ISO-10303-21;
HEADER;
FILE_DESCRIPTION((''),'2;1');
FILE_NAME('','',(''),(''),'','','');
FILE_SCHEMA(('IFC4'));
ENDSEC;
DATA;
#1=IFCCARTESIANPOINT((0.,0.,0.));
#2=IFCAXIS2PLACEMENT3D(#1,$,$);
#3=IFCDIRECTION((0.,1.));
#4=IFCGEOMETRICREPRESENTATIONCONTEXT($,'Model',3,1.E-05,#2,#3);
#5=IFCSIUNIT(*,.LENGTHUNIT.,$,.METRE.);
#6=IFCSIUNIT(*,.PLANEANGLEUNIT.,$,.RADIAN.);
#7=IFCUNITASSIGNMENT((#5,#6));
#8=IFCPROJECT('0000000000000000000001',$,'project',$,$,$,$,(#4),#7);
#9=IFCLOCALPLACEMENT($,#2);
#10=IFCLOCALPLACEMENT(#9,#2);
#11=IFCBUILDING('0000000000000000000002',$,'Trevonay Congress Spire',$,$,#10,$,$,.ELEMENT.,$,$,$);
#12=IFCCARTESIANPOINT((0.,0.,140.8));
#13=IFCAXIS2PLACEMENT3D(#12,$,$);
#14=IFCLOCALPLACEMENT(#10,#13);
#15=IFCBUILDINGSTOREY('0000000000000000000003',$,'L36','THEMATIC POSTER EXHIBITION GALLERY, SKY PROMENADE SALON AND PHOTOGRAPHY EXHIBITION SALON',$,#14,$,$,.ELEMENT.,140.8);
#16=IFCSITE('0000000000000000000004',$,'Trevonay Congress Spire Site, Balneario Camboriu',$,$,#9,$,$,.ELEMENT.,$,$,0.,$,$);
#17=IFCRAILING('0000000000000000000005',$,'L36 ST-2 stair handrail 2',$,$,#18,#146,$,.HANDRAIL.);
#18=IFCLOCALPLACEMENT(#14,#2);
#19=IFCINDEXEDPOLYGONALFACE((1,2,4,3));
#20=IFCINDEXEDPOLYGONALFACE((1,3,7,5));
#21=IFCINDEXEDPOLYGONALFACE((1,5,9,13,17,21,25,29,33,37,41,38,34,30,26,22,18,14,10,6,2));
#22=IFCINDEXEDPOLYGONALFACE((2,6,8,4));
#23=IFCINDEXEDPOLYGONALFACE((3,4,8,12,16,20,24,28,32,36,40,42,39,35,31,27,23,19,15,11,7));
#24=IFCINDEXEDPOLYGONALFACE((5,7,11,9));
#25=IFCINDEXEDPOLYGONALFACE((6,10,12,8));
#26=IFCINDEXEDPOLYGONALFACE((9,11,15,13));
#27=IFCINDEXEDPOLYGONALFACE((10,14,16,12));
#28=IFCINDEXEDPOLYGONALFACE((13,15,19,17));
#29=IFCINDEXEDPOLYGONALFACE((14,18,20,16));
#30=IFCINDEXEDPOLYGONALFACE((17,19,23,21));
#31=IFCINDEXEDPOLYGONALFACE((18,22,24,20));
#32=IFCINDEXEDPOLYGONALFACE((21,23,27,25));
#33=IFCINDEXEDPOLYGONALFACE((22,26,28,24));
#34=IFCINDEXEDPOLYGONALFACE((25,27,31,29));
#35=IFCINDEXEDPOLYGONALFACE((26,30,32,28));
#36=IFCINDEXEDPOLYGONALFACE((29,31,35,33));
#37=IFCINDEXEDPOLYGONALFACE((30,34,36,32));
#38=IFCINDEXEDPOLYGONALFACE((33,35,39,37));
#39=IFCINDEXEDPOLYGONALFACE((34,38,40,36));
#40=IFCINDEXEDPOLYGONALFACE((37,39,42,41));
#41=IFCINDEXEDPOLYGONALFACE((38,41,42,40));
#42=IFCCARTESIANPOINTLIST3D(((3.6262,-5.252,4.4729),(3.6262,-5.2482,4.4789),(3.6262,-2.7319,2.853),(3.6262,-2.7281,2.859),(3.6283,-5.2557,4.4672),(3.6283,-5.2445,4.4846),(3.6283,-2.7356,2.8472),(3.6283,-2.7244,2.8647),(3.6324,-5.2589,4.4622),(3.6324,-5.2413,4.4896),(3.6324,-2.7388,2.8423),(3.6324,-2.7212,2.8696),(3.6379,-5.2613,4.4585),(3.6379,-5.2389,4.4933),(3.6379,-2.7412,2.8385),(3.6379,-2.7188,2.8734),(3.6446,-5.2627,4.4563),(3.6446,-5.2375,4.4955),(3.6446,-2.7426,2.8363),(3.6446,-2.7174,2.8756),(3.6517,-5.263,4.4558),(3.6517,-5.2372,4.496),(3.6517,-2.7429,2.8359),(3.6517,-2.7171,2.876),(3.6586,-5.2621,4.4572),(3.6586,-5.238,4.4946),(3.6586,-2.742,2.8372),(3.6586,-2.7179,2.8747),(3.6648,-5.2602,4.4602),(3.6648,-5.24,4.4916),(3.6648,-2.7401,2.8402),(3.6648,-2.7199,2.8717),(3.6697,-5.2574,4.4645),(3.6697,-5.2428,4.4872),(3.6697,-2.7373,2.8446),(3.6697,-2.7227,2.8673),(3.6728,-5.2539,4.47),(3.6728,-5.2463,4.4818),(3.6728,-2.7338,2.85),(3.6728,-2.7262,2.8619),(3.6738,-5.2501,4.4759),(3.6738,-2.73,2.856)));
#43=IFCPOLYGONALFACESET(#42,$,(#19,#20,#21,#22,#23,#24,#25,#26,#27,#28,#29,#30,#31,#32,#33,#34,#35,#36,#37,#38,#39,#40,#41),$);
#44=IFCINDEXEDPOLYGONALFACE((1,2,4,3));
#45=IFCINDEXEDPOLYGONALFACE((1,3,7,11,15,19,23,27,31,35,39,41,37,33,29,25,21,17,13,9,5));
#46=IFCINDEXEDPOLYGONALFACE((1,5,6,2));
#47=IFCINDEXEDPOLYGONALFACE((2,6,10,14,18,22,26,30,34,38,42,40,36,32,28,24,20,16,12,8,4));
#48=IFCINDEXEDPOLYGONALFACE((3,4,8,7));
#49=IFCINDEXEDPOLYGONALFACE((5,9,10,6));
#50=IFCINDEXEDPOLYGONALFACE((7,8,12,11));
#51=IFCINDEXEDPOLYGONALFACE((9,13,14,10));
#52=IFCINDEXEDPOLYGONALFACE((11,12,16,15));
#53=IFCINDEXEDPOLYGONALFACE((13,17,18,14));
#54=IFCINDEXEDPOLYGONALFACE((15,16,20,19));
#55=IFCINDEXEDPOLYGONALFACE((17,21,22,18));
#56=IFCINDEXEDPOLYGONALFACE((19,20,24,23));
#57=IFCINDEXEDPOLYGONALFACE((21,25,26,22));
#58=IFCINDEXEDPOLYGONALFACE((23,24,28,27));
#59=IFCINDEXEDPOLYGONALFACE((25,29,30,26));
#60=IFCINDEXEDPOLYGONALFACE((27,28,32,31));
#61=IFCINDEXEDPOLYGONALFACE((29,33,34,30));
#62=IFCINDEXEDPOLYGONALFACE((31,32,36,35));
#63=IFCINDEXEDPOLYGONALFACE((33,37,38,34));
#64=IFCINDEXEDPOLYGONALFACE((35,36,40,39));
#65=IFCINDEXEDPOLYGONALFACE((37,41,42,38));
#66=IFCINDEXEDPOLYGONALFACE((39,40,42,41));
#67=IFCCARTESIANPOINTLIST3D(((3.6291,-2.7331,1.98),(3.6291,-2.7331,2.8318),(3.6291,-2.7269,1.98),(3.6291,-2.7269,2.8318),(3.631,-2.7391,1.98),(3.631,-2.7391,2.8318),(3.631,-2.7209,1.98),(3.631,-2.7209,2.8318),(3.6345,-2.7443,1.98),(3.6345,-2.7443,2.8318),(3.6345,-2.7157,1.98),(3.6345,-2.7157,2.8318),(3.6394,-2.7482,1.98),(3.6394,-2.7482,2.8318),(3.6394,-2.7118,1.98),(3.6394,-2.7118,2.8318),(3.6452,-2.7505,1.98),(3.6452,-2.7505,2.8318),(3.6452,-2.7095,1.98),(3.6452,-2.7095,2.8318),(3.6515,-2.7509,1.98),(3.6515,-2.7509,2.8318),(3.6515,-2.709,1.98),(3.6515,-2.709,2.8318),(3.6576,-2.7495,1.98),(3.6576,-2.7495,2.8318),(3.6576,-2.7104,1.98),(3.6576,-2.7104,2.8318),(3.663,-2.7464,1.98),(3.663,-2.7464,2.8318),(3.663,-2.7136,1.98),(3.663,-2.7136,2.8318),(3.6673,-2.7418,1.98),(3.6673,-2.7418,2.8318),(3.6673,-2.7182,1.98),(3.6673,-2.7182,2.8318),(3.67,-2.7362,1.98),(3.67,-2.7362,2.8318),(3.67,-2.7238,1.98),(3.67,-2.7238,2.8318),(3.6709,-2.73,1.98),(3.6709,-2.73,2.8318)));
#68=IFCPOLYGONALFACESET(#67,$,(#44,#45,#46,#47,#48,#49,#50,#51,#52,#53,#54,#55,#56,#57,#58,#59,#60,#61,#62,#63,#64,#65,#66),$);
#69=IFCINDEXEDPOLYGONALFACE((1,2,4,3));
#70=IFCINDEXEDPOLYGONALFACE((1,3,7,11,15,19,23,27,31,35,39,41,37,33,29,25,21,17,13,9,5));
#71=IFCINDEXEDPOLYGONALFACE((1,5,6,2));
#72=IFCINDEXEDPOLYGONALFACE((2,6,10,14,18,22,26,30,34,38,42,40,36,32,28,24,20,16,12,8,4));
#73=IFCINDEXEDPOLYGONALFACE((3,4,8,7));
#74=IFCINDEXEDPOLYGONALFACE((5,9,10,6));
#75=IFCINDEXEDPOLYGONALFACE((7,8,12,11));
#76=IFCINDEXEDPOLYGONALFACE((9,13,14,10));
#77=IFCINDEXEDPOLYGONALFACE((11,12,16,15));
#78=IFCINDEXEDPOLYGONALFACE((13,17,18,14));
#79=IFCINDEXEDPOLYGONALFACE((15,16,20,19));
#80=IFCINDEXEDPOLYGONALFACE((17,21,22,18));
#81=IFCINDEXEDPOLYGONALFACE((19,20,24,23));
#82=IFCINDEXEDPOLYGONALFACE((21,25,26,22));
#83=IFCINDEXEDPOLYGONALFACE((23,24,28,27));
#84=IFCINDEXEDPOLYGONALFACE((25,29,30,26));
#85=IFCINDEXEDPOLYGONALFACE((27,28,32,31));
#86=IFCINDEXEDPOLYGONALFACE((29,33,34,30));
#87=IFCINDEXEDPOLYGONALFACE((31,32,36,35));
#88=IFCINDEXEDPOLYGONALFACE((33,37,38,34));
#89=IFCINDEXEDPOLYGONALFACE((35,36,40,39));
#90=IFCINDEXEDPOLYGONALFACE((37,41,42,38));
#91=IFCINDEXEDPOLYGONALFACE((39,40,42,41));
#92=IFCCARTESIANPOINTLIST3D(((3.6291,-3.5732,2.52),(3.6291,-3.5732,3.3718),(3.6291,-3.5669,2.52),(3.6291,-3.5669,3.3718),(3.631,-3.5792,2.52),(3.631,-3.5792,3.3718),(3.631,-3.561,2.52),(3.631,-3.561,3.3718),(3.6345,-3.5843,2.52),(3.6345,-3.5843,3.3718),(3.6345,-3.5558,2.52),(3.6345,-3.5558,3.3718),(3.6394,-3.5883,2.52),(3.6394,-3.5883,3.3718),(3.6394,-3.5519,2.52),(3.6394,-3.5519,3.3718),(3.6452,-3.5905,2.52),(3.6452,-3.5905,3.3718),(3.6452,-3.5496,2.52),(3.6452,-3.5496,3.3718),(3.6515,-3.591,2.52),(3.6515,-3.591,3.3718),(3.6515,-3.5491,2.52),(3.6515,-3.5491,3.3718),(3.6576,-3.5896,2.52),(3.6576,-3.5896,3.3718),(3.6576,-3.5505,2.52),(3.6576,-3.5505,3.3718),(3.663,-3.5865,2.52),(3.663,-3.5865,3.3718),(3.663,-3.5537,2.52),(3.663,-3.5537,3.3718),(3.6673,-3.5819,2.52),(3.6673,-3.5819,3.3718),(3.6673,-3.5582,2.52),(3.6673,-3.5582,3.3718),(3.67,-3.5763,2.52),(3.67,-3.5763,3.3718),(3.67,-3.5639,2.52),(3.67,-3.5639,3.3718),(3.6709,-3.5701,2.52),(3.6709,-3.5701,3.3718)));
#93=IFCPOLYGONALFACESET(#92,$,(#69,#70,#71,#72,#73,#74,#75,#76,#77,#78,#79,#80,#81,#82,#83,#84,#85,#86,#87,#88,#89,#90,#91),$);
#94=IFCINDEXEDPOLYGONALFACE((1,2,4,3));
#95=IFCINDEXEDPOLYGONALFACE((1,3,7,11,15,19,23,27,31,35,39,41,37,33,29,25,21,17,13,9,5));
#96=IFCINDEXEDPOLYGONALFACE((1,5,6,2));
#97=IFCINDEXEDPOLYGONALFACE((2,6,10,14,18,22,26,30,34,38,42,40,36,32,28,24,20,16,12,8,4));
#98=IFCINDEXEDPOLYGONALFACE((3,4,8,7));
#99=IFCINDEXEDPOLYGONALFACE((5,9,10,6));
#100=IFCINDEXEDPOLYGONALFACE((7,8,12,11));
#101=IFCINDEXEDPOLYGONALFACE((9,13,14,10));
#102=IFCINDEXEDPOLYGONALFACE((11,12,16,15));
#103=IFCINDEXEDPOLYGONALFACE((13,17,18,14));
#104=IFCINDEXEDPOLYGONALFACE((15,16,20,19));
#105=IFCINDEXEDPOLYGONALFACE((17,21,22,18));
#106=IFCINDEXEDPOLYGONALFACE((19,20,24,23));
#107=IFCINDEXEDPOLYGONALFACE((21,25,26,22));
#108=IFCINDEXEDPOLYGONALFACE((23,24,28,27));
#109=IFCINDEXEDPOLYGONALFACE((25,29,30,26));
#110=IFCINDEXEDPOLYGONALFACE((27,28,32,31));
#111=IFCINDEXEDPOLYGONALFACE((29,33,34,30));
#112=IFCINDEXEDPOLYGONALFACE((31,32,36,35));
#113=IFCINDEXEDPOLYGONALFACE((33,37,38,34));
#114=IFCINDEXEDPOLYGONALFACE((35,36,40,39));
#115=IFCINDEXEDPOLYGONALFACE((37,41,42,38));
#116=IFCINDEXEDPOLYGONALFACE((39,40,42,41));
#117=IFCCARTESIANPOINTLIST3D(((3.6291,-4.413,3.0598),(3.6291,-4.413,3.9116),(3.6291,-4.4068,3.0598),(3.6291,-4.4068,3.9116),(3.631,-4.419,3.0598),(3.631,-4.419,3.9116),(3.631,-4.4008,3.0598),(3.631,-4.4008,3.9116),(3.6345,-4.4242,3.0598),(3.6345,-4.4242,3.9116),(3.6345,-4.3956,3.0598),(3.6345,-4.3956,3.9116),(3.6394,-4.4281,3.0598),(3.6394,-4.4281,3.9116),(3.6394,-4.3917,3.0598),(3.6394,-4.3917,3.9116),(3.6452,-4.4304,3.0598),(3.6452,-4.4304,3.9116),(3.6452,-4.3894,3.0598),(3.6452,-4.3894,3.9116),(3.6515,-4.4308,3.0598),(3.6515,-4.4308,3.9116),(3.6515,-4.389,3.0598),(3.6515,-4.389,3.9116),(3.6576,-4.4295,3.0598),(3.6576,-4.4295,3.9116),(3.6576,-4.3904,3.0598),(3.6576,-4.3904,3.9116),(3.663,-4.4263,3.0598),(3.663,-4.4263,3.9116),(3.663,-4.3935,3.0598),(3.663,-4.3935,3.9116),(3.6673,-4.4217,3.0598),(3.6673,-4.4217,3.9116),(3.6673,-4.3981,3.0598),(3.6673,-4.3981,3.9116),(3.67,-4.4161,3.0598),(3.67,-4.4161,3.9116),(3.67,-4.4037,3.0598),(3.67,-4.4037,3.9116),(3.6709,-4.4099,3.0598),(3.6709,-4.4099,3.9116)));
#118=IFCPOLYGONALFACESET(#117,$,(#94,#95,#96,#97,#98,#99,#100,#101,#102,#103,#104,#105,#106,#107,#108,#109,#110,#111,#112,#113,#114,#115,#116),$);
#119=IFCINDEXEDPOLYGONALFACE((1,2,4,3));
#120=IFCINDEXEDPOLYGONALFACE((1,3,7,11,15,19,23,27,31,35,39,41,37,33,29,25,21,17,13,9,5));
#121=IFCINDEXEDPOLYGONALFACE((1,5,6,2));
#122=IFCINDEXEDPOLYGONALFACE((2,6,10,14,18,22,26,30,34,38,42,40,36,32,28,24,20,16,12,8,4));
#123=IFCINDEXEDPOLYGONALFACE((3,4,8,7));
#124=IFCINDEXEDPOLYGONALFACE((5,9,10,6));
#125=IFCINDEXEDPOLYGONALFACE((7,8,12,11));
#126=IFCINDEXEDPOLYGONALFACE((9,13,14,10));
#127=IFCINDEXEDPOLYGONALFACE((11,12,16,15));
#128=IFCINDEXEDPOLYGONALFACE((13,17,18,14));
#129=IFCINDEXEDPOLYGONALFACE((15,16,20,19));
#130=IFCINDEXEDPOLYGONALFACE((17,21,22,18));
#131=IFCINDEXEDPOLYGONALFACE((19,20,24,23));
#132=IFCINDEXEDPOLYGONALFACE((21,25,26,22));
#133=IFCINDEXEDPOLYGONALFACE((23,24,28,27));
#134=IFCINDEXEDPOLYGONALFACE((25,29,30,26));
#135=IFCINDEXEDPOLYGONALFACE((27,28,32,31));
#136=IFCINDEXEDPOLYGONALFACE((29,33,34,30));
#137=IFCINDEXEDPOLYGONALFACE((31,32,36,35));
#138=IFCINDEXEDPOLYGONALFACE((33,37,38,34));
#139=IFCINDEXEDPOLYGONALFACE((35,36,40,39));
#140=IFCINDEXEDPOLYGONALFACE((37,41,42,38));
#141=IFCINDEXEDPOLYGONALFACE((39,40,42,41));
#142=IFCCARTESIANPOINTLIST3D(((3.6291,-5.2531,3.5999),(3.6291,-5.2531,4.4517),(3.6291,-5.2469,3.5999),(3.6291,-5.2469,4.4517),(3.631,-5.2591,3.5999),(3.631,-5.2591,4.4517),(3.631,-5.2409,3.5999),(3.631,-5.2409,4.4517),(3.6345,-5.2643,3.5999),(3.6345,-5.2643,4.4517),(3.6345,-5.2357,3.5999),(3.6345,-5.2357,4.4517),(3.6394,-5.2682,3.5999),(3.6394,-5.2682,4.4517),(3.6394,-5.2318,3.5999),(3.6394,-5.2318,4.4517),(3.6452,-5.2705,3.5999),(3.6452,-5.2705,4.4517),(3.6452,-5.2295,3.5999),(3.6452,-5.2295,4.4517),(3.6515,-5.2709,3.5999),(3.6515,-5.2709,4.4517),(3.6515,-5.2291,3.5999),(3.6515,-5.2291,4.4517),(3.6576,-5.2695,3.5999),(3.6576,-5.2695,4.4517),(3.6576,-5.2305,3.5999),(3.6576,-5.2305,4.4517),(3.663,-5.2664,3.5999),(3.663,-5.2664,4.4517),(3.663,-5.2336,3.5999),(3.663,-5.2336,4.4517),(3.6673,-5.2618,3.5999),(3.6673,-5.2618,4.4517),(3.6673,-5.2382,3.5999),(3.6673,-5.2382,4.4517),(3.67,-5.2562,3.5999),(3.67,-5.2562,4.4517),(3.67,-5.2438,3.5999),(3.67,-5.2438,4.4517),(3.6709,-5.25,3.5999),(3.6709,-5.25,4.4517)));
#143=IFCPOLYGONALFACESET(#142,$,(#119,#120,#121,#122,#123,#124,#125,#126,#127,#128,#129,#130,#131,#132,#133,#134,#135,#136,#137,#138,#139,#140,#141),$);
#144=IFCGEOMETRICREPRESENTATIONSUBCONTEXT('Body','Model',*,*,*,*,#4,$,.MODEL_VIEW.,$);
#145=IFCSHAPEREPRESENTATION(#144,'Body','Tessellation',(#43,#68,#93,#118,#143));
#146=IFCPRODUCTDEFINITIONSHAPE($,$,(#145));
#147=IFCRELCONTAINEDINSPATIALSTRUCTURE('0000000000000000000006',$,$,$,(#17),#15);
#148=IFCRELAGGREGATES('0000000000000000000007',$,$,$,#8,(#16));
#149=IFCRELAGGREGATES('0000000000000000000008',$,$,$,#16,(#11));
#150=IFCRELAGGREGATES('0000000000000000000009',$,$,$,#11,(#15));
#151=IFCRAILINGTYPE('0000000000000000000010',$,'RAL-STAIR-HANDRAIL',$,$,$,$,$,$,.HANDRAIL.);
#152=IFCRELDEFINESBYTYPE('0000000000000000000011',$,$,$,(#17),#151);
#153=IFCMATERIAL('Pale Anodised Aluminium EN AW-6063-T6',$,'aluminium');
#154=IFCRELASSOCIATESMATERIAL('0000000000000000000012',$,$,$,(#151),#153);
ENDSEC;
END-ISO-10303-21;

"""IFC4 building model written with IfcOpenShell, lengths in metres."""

from ifc_helpers import new_model, si_unit, direction, frame, origin, origin_2d, place, context, subcontext, project, spatial, circle, extrude, material, type_object, element, save


model = new_model("IFC4")

# Units and contexts
model_context = context("Model", 3, precision=1e-05, world=origin(), true_north=direction((0.0, 1.0)))
body_context = subcontext(model_context, "Body", "Model", "MODEL_VIEW")
ifc_project = project(units=[si_unit("LENGTHUNIT", "METRE"), si_unit("PLANEANGLEUNIT", "RADIAN")], contexts=[model_context])

# Site, building, storey
site_placement = place(None, origin())
site = spatial("IfcSite", under=ifc_project, at=site_placement, Name="Trevonay Congress Spire Site, Balneario Camboriu", CompositionType="ELEMENT", RefElevation=0.0)
building_placement = place(site_placement, origin())
building = spatial("IfcBuilding", under=site, at=building_placement, Name="Trevonay Congress Spire", CompositionType="ELEMENT")
storey_placement = place(building_placement, frame((0.0, 0.0, 140.8)))
storey = spatial("IfcBuildingStorey", under=building, at=storey_placement, Name="L36", Description="THEMATIC POSTER EXHIBITION GALLERY, SKY PROMENADE SALON AND PHOTOGRAPHY EXHIBITION SALON", CompositionType="ELEMENT", Elevation=140.8)

# Shared definitions
ifc_material_1 = material(Name="Pale Anodised Aluminium EN AW-6063-T6", Category="aluminium")

# Railing
railing_type_1 = type_object("IfcRailingType", Name="RAL-STAIR-HANDRAIL", PredefinedType="HANDRAIL", material=ifc_material_1)
railing_1_placement = place(storey_placement, frame((3.6499, -2.73, 1.98)))
element("IfcRailing", 1, at=railing_1_placement, inside=storey, type_object=railing_type_1, Name="L36 ST-2 stair handrail 2", PredefinedType="HANDRAIL", context=body_context, shape_type="SweptSolid", body=[
    extrude(circle(Radius=0.0239, at=origin_2d()), frame((0.0, 0.0, 0.876), z_axis=(0.0, -0.8412, 0.540725), x_axis=(1.0, 0.0, 0.0)), (0.0, 0.0, 1.0), 2.9958),
    extrude(circle(Radius=0.021, at=origin_2d()), origin(), (0.0, 0.0, 1.0), 0.8518),
    extrude(circle(Radius=0.021, at=origin_2d()), frame((0.0, -0.8401, 0.54)), (0.0, 0.0, 1.0), 0.8518),
    extrude(circle(Radius=0.021, at=origin_2d()), frame((0.0, -1.6799, 1.0798)), (0.0, 0.0, 1.0), 0.8518),
    extrude(circle(Radius=0.021, at=origin_2d()), frame((0.0, -2.52, 1.6199)), (0.0, 0.0, 1.0), 0.8518),
])

save(model, "model.ifc")
